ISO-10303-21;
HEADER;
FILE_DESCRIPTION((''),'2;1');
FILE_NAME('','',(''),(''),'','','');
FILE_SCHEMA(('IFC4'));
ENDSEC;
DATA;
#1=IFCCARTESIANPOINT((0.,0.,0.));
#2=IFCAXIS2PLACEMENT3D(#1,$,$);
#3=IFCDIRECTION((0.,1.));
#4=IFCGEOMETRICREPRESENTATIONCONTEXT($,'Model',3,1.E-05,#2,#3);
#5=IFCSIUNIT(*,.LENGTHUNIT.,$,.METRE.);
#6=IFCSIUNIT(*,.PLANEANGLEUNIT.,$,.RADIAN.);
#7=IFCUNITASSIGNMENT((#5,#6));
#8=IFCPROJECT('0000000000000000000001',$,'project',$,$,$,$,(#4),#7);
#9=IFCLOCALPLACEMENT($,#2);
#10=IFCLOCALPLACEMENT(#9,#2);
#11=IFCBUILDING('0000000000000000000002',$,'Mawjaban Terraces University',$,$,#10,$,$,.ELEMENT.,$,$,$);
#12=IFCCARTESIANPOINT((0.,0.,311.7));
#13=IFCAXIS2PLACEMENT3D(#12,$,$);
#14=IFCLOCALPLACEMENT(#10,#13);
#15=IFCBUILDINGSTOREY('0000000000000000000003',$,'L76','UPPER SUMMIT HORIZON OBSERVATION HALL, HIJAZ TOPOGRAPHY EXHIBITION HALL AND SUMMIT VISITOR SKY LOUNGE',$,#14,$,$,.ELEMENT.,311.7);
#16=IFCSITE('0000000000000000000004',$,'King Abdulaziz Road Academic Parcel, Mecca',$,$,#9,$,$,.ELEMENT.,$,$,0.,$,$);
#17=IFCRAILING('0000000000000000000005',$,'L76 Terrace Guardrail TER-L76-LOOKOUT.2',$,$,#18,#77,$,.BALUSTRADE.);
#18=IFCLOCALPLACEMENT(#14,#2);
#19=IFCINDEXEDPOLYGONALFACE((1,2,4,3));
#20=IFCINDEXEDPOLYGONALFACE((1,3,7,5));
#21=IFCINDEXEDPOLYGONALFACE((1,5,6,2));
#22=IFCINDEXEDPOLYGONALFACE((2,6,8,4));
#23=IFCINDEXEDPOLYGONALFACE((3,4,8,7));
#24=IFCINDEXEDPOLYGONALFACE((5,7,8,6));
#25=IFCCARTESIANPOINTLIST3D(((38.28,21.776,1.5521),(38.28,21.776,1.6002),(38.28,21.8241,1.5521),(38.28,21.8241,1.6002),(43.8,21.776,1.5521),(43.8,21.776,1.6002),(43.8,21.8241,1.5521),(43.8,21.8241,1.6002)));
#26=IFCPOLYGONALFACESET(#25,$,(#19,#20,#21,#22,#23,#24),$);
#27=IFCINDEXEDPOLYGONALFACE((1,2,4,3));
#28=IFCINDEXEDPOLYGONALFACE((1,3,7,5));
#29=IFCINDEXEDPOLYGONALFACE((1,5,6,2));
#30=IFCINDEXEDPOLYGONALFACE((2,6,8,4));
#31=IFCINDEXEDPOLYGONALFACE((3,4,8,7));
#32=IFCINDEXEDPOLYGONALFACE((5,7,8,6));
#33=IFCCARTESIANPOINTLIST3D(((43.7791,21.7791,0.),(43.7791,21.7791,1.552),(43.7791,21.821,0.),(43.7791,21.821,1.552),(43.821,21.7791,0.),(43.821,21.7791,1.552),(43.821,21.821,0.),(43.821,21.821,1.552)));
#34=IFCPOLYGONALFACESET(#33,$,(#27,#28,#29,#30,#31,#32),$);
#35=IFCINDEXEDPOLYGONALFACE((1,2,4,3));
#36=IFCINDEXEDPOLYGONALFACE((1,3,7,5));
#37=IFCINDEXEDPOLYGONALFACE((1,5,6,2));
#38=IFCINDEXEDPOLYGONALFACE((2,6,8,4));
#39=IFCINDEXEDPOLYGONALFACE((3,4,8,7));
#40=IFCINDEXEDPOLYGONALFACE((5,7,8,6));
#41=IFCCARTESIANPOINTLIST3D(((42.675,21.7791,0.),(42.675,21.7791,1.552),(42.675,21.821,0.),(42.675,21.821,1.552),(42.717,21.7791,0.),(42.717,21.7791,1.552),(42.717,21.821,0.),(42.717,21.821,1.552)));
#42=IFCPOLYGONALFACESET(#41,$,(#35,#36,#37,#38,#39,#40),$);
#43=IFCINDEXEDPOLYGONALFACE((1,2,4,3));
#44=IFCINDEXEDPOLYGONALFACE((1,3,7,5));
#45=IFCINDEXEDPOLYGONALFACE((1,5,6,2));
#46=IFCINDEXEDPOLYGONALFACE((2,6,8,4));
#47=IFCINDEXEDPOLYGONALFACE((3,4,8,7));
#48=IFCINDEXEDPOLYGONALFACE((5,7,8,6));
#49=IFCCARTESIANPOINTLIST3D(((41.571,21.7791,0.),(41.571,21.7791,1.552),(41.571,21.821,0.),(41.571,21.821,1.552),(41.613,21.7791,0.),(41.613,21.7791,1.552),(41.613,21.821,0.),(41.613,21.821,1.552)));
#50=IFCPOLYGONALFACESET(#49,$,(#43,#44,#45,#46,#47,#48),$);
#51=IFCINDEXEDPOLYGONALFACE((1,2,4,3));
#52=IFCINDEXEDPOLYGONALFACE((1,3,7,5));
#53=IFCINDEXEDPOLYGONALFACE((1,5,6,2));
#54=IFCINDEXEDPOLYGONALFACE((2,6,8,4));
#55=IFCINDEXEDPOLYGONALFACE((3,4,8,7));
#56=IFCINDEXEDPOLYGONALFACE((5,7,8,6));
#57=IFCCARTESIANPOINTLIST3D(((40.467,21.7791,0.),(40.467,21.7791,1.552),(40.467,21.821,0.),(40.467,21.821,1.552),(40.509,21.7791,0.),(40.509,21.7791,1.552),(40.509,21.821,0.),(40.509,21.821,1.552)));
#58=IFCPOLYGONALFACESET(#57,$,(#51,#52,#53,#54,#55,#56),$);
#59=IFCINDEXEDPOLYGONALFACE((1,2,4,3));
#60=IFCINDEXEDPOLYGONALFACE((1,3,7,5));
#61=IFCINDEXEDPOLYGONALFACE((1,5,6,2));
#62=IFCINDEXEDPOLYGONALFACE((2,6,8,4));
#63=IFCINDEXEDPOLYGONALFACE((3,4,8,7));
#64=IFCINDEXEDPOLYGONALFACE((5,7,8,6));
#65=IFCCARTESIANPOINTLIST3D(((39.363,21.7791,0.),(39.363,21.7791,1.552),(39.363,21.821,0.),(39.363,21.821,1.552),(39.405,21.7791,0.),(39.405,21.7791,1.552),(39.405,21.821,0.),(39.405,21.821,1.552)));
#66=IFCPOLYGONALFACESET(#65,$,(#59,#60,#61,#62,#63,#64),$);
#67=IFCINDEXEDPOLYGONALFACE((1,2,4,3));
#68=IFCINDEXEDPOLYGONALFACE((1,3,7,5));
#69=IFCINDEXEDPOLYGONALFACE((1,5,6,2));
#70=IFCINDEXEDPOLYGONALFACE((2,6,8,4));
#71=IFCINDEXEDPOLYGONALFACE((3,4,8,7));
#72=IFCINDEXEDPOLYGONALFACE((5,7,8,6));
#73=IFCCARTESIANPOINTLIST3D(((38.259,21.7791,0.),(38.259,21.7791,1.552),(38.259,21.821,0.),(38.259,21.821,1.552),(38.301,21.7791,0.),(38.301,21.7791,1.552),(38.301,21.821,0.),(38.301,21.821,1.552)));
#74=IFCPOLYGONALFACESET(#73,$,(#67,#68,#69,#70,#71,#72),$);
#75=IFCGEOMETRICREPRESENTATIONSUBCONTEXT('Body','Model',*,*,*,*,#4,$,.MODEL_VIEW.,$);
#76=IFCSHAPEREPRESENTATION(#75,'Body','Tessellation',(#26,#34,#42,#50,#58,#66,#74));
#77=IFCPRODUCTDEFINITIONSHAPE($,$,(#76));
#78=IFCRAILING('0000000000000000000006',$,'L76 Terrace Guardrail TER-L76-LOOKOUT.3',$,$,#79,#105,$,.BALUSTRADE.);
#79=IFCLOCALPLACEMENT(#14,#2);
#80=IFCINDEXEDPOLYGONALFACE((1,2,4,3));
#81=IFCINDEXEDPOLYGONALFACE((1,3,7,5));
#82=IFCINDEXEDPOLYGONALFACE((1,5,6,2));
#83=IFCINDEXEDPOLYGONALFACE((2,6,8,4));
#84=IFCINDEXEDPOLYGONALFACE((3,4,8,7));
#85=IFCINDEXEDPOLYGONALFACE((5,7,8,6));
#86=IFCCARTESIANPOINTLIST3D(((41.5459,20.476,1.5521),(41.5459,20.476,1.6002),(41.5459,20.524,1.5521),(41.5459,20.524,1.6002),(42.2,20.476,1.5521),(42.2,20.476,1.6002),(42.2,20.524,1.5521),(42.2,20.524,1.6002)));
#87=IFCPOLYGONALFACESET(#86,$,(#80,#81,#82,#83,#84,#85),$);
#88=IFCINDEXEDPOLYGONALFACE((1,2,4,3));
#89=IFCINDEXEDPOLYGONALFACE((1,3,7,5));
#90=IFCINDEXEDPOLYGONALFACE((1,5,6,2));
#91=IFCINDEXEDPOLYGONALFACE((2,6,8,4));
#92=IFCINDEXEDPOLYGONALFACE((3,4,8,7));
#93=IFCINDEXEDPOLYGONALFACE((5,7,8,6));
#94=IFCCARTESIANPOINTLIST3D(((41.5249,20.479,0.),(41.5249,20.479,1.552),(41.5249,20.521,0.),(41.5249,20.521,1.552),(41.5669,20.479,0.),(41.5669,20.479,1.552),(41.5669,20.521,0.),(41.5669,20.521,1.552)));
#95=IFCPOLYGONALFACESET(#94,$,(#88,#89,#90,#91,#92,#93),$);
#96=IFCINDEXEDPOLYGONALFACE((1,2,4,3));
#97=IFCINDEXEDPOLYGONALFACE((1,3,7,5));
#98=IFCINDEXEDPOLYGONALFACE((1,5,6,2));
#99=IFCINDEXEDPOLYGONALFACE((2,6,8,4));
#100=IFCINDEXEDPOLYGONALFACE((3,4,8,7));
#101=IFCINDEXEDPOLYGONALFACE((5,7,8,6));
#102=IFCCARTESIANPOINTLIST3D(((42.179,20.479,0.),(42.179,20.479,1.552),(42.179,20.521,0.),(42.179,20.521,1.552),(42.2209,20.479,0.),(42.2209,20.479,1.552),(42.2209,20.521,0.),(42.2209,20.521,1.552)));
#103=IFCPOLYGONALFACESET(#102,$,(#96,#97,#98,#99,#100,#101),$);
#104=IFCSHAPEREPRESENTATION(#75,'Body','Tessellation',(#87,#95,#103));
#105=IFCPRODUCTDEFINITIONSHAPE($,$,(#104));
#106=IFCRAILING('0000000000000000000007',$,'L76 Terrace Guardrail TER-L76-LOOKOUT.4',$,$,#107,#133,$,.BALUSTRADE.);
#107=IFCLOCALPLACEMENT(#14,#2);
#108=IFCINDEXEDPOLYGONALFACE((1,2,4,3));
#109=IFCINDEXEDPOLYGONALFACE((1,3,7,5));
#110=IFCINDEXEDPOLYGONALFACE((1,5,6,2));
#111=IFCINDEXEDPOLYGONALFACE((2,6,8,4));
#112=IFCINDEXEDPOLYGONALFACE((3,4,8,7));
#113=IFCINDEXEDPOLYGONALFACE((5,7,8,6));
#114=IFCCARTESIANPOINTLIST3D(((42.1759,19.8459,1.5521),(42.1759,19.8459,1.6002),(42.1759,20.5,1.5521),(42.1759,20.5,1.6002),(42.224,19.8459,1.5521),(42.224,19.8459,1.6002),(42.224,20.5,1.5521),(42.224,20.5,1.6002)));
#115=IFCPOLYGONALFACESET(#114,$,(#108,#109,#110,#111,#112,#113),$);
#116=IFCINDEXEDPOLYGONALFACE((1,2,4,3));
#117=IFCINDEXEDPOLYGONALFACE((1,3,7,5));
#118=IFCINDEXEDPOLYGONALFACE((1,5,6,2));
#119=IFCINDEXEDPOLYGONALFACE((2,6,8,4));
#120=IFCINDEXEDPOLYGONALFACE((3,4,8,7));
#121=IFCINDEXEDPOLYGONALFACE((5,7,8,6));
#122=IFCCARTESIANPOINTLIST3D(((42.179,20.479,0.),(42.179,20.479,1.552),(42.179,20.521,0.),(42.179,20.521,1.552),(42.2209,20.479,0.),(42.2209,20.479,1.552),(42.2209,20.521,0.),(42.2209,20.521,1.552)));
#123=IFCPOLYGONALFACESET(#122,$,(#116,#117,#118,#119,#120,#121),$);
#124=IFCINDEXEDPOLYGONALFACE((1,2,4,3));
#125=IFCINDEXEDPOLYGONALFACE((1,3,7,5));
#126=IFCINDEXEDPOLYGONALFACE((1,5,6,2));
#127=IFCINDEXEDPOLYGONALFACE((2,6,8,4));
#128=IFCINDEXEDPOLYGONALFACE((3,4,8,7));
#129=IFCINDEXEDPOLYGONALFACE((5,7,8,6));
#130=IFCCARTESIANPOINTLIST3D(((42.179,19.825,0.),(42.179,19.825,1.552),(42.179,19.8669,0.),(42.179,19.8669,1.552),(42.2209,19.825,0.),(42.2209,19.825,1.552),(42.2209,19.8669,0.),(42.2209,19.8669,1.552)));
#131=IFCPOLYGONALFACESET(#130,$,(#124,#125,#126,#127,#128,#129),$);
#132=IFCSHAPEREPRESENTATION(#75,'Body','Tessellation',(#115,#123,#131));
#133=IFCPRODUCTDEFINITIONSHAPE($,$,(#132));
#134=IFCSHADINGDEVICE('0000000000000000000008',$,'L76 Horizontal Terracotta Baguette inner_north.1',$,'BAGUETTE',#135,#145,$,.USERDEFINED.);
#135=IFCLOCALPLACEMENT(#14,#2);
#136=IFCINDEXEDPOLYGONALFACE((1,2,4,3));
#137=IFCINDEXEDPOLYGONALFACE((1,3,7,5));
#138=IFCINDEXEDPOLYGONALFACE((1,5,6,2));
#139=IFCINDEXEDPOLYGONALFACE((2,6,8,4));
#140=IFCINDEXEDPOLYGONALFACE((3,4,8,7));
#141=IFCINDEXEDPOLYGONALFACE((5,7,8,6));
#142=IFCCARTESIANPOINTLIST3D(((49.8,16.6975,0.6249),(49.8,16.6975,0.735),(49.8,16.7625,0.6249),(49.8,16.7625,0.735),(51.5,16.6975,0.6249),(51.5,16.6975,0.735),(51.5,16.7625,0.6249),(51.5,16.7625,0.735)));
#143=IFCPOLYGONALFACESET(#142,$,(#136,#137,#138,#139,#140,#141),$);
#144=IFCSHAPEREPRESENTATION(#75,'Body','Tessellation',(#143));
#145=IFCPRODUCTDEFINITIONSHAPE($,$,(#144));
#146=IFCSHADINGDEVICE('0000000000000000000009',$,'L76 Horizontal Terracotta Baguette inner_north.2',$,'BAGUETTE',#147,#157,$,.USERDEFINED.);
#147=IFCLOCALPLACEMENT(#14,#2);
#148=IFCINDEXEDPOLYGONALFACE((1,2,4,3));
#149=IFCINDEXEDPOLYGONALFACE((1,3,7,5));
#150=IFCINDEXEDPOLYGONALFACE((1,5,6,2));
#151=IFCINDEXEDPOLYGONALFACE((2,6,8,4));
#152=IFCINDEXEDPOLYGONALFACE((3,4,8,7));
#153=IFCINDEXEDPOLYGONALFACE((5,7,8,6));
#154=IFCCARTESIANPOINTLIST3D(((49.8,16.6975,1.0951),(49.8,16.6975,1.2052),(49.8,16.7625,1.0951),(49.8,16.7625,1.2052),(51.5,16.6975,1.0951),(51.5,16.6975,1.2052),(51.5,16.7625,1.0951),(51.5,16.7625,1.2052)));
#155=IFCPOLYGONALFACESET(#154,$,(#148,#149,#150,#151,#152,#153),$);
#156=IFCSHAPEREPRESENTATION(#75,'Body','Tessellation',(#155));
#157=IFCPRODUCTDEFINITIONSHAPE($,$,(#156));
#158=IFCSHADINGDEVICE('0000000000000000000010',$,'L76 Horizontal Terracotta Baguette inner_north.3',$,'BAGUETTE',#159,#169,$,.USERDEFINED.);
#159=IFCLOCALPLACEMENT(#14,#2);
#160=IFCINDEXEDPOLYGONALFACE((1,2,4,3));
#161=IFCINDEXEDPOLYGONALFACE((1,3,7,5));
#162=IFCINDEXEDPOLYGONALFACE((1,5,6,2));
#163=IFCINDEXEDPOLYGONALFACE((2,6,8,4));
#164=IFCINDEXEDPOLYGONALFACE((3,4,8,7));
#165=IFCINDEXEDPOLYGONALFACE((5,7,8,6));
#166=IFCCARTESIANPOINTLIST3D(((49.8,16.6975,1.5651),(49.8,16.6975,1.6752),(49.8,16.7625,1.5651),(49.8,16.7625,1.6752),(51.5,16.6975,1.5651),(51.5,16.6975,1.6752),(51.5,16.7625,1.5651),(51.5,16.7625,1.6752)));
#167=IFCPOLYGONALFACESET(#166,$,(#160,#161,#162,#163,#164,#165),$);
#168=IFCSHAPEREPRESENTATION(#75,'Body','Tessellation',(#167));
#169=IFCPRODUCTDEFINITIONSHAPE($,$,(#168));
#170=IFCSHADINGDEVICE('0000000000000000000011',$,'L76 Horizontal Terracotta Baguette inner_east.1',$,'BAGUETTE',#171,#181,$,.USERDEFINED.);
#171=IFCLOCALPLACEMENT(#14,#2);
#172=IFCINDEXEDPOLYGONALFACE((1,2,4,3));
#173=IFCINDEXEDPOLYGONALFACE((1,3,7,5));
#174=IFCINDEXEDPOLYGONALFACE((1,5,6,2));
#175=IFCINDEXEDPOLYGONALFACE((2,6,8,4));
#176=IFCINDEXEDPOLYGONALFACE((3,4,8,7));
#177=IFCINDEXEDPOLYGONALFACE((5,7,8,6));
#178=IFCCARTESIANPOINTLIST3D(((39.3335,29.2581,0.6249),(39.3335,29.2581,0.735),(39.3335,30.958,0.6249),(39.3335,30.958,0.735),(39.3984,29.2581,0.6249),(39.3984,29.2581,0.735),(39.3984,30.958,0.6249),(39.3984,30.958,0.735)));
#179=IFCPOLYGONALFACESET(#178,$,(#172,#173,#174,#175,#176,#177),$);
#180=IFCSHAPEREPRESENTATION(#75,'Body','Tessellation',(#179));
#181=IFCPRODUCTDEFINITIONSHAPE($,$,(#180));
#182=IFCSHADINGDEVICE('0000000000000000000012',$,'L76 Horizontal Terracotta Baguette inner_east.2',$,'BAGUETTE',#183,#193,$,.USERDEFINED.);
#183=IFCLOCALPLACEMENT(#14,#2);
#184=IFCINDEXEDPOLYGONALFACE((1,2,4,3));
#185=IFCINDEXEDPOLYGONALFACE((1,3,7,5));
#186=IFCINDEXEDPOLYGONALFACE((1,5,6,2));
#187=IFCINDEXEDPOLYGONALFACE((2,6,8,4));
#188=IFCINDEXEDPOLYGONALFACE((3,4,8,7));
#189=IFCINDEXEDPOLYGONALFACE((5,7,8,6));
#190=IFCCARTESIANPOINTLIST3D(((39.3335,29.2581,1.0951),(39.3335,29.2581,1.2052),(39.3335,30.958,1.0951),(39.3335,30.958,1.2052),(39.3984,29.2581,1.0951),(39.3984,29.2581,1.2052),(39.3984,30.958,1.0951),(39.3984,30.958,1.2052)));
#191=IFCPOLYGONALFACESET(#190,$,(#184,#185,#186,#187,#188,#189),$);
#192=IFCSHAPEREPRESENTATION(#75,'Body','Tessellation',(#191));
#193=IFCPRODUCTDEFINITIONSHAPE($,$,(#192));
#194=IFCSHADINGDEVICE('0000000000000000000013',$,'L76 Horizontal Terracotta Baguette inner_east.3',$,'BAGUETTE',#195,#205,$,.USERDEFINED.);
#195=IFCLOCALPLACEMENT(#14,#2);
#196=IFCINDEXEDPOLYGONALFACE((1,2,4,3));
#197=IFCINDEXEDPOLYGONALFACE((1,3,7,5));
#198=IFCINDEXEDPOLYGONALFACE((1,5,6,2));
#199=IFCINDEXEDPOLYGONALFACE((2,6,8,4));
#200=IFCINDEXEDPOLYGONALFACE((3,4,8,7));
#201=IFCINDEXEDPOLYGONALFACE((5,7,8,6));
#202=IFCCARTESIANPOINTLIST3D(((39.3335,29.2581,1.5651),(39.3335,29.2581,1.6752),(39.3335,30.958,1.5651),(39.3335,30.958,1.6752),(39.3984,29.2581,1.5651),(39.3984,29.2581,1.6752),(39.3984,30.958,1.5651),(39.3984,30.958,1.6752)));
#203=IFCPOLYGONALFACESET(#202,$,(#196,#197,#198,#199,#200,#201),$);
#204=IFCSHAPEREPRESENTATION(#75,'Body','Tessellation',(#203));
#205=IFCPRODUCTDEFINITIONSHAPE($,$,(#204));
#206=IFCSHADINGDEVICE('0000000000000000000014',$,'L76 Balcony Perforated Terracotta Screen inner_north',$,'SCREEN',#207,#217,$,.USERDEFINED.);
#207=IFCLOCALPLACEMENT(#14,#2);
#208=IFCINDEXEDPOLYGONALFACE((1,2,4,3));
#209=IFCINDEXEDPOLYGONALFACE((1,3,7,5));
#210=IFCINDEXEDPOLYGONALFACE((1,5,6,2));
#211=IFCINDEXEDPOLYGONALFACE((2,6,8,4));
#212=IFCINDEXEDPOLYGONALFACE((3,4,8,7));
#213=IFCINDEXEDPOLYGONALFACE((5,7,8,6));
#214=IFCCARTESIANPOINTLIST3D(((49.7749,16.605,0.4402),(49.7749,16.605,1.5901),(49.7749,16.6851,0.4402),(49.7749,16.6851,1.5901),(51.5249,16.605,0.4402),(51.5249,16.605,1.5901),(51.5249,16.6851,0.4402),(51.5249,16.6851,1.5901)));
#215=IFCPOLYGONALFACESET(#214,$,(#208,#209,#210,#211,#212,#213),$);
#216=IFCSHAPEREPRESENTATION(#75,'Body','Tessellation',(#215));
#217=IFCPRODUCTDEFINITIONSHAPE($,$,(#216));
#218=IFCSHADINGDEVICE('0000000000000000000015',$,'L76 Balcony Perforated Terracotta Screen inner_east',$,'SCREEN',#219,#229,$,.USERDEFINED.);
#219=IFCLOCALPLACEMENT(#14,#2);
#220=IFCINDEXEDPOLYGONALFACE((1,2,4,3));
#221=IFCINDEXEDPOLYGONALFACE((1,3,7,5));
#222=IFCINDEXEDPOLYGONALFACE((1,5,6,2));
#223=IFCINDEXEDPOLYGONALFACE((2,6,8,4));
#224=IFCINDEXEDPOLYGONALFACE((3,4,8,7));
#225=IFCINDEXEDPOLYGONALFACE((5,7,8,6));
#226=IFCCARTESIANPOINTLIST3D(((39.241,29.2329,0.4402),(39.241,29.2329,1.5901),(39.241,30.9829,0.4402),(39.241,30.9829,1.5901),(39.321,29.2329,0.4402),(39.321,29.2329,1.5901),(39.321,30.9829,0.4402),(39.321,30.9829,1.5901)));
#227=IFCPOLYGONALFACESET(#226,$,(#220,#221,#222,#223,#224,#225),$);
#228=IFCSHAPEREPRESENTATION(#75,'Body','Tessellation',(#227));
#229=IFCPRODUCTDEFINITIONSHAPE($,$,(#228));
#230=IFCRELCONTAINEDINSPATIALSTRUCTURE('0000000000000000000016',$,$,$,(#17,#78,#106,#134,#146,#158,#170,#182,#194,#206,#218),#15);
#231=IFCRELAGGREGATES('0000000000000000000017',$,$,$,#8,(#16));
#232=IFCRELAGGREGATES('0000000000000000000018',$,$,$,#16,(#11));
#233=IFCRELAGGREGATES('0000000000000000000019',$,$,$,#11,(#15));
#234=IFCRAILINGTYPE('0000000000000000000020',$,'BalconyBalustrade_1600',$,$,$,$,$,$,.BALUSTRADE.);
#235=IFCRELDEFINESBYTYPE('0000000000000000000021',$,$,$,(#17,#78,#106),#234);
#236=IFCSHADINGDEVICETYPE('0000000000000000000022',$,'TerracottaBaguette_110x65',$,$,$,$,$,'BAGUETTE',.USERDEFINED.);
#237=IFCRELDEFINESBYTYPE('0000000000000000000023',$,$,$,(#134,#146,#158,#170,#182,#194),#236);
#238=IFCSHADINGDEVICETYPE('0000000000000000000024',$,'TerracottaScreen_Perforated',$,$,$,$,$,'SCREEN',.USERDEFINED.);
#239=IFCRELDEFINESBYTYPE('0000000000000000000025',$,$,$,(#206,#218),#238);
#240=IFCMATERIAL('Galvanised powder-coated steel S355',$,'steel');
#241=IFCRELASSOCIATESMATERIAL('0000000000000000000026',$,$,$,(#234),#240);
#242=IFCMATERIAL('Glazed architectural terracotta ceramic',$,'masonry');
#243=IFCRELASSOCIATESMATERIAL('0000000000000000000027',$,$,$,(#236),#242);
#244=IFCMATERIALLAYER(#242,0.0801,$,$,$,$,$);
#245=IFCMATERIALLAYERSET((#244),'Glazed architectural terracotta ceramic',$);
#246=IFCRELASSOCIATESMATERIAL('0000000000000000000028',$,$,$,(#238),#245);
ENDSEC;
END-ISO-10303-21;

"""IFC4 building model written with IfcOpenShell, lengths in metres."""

from ifc_helpers import new_model, si_unit, direction, frame, origin, origin_2d, place, context, subcontext, project, spatial, rectangle, extrude, material, layer, layer_set, material_profile, profile_set, type_object, element, save


model = new_model("IFC4")

# Units and contexts
model_context = context("Model", 3, precision=1e-05, world=origin(), true_north=direction((0.0, 1.0)))
body_context = subcontext(model_context, "Body", "Model", "MODEL_VIEW")
ifc_project = project(units=[si_unit("LENGTHUNIT", "METRE"), si_unit("PLANEANGLEUNIT", "RADIAN")], contexts=[model_context])

# Site, building, storey
site_placement = place(None, origin())
site = spatial("IfcSite", under=ifc_project, at=site_placement, Name="King Abdulaziz Road Academic Parcel, Mecca", CompositionType="ELEMENT", RefElevation=0.0)
building_placement = place(site_placement, origin())
building = spatial("IfcBuilding", under=site, at=building_placement, Name="Mawjaban Terraces University", CompositionType="ELEMENT")
storey_placement = place(building_placement, frame((0.0, 0.0, 311.7)))
storey = spatial("IfcBuildingStorey", under=building, at=storey_placement, Name="L76", Description="UPPER SUMMIT HORIZON OBSERVATION HALL, HIJAZ TOPOGRAPHY EXHIBITION HALL AND SUMMIT VISITOR SKY LOUNGE", CompositionType="ELEMENT", Elevation=311.7)

# Railings
ifc_material_1 = material(Name="Galvanised powder-coated steel S355", Category="steel")
railing_type = type_object("IfcRailingType", Name="BalconyBalustrade_1600", PredefinedType="BALUSTRADE", material=ifc_material_1)
railing_1_placement = place(storey_placement, frame((43.8, 21.8, 0.0)))
element("IfcRailing", 1, at=railing_1_placement, inside=storey, type_object=railing_type, Name="L76 Terrace Guardrail TER-L76-LOOKOUT.2", PredefinedType="BALUSTRADE", context=body_context, shape_type="SweptSolid", body=[
    extrude(rectangle(XDim=0.0481, YDim=0.0481, at=origin_2d()), frame((0.0, 0.0, 1.5762), z_axis=(-1.0, 0.0, 0.0), x_axis=(0.0, -1.0, 0.0)), (0.0, 0.0, 1.0), 5.52),
    extrude(rectangle(XDim=0.042, YDim=0.042, at=origin_2d()), origin(), (0.0, 0.0, 1.0), 1.552),
    extrude(rectangle(XDim=0.042, YDim=0.042, at=origin_2d()), frame((-1.104, 0.0, 0.0)), (0.0, 0.0, 1.0), 1.552),
    extrude(rectangle(XDim=0.042, YDim=0.042, at=origin_2d()), frame((-2.208, 0.0, 0.0)), (0.0, 0.0, 1.0), 1.552),
    extrude(rectangle(XDim=0.042, YDim=0.042, at=origin_2d()), frame((-3.312, 0.0, 0.0)), (0.0, 0.0, 1.0), 1.552),
    extrude(rectangle(XDim=0.042, YDim=0.042, at=origin_2d()), frame((-4.416, 0.0, 0.0)), (0.0, 0.0, 1.0), 1.552),
    extrude(rectangle(XDim=0.042, YDim=0.042, at=origin_2d()), frame((-5.52, 0.0, 0.0)), (0.0, 0.0, 1.0), 1.552),
])
railing_2_placement = place(storey_placement, frame((41.5459, 20.5, 0.0)))
element("IfcRailing", 2, at=railing_2_placement, inside=storey, type_object=railing_type, Name="L76 Terrace Guardrail TER-L76-LOOKOUT.3", PredefinedType="BALUSTRADE", context=body_context, shape_type="SweptSolid", body=[
    extrude(rectangle(XDim=0.0481, YDim=0.0481, at=origin_2d()), frame((0.0, 0.0, 1.5762), z_axis=(1.0, 0.0, 0.0), x_axis=(0.0, 1.0, 0.0)), (0.0, 0.0, 1.0), 0.6541),
    extrude(rectangle(XDim=0.042, YDim=0.042, at=origin_2d()), origin(), (0.0, 0.0, 1.0), 1.552),
    extrude(rectangle(XDim=0.042, YDim=0.042, at=origin_2d()), frame((0.6541, 0.0, 0.0)), (0.0, 0.0, 1.0), 1.552),
])
railing_3_placement = place(storey_placement, frame((42.2, 20.5, 0.0)))
element("IfcRailing", 3, at=railing_3_placement, inside=storey, type_object=railing_type, Name="L76 Terrace Guardrail TER-L76-LOOKOUT.4", PredefinedType="BALUSTRADE", context=body_context, shape_type="SweptSolid", body=[
    extrude(rectangle(XDim=0.0481, YDim=0.0481, at=origin_2d()), frame((0.0, 0.0, 1.5762), z_axis=(0.0, -1.0, 0.0), x_axis=(1.0, 0.0, 0.0)), (0.0, 0.0, 1.0), 0.6541),
    extrude(rectangle(XDim=0.042, YDim=0.042, at=origin_2d()), origin(), (0.0, 0.0, 1.0), 1.552),
    extrude(rectangle(XDim=0.042, YDim=0.042, at=origin_2d()), frame((0.0, -0.6541, 0.0)), (0.0, 0.0, 1.0), 1.552),
])

# Shading devices
ifc_material_2 = material(Name="Glazed architectural terracotta ceramic", Category="masonry")
ifc_material_profile_1 = material_profile(ifc_material_2, rectangle(XDim=0.0649, YDim=0.1101, at=origin_2d()), Name="TBAG110X65")
ifc_profile_set_1 = profile_set([ifc_material_profile_1], Name="Glazed architectural terracotta ceramic")
shading_device_type_1 = type_object("IfcShadingDeviceType", Name="TerracottaBaguette_110x65", ElementType="BAGUETTE", PredefinedType="USERDEFINED", material=ifc_profile_set_1)
for number, where, z_axis, x_axis, name in (
    (4, (49.8, 16.73, 0.6799), (1.0, 0.0, 0.0), (0.0, 1.0, 0.0), "L76 Horizontal Terracotta Baguette inner_north.1"),
    (5, (49.8, 16.73, 1.1501), (1.0, 0.0, 0.0), (0.0, 1.0, 0.0), "L76 Horizontal Terracotta Baguette inner_north.2"),
    (6, (49.8, 16.73, 1.6201), (1.0, 0.0, 0.0), (0.0, 1.0, 0.0), "L76 Horizontal Terracotta Baguette inner_north.3"),
    (7, (39.366, 29.2581, 0.6799), (0.0, 1.0, 0.0), (-1.0, 0.0, 0.0), "L76 Horizontal Terracotta Baguette inner_east.1"),
    (8, (39.366, 29.2581, 1.1501), (0.0, 1.0, 0.0), (-1.0, 0.0, 0.0), "L76 Horizontal Terracotta Baguette inner_east.2"),
    (9, (39.366, 29.2581, 1.6201), (0.0, 1.0, 0.0), (-1.0, 0.0, 0.0), "L76 Horizontal Terracotta Baguette inner_east.3"),
):
    element("IfcShadingDevice", number, at=place(storey_placement, frame(where, z_axis=z_axis, x_axis=x_axis)), inside=storey, type_object=shading_device_type_1, Name=name, ObjectType="BAGUETTE", PredefinedType="USERDEFINED", context=body_context, shape_type="SweptSolid", body=[
        extrude(rectangle(XDim=0.0649, YDim=0.1101, at=origin_2d()), origin(), (0.0, 0.0, 1.0), 1.7),
    ])
ifc_layer_1 = layer(ifc_material_2, 0.0801)
ifc_layer_set_1 = layer_set([ifc_layer_1], Name="Glazed architectural terracotta ceramic")
shading_device_type_2 = type_object("IfcShadingDeviceType", Name="TerracottaScreen_Perforated", ElementType="SCREEN", PredefinedType="USERDEFINED", material=ifc_layer_set_1)
for number, where, z_axis, x_axis, name in (
    (10, (50.6499, 16.645, 0.4402), (0.0, 0.0, 1.0), (1.0, 0.0, 0.0), "L76 Balcony Perforated Terracotta Screen inner_north"),
    (11, (39.281, 30.1079, 0.4402), (0.0, 0.0, 1.0), (0.0, 1.0, 0.0), "L76 Balcony Perforated Terracotta Screen inner_east"),
):
    element("IfcShadingDevice", number, at=place(storey_placement, frame(where, z_axis=z_axis, x_axis=x_axis)), inside=storey, type_object=shading_device_type_2, Name=name, ObjectType="SCREEN", PredefinedType="USERDEFINED", context=body_context, shape_type="SweptSolid", body=[
        extrude(rectangle(XDim=1.75, YDim=0.0801, at=origin_2d()), origin(), (0.0, 0.0, 1.0), 1.1499),
    ])

save(model, "model.ifc")
